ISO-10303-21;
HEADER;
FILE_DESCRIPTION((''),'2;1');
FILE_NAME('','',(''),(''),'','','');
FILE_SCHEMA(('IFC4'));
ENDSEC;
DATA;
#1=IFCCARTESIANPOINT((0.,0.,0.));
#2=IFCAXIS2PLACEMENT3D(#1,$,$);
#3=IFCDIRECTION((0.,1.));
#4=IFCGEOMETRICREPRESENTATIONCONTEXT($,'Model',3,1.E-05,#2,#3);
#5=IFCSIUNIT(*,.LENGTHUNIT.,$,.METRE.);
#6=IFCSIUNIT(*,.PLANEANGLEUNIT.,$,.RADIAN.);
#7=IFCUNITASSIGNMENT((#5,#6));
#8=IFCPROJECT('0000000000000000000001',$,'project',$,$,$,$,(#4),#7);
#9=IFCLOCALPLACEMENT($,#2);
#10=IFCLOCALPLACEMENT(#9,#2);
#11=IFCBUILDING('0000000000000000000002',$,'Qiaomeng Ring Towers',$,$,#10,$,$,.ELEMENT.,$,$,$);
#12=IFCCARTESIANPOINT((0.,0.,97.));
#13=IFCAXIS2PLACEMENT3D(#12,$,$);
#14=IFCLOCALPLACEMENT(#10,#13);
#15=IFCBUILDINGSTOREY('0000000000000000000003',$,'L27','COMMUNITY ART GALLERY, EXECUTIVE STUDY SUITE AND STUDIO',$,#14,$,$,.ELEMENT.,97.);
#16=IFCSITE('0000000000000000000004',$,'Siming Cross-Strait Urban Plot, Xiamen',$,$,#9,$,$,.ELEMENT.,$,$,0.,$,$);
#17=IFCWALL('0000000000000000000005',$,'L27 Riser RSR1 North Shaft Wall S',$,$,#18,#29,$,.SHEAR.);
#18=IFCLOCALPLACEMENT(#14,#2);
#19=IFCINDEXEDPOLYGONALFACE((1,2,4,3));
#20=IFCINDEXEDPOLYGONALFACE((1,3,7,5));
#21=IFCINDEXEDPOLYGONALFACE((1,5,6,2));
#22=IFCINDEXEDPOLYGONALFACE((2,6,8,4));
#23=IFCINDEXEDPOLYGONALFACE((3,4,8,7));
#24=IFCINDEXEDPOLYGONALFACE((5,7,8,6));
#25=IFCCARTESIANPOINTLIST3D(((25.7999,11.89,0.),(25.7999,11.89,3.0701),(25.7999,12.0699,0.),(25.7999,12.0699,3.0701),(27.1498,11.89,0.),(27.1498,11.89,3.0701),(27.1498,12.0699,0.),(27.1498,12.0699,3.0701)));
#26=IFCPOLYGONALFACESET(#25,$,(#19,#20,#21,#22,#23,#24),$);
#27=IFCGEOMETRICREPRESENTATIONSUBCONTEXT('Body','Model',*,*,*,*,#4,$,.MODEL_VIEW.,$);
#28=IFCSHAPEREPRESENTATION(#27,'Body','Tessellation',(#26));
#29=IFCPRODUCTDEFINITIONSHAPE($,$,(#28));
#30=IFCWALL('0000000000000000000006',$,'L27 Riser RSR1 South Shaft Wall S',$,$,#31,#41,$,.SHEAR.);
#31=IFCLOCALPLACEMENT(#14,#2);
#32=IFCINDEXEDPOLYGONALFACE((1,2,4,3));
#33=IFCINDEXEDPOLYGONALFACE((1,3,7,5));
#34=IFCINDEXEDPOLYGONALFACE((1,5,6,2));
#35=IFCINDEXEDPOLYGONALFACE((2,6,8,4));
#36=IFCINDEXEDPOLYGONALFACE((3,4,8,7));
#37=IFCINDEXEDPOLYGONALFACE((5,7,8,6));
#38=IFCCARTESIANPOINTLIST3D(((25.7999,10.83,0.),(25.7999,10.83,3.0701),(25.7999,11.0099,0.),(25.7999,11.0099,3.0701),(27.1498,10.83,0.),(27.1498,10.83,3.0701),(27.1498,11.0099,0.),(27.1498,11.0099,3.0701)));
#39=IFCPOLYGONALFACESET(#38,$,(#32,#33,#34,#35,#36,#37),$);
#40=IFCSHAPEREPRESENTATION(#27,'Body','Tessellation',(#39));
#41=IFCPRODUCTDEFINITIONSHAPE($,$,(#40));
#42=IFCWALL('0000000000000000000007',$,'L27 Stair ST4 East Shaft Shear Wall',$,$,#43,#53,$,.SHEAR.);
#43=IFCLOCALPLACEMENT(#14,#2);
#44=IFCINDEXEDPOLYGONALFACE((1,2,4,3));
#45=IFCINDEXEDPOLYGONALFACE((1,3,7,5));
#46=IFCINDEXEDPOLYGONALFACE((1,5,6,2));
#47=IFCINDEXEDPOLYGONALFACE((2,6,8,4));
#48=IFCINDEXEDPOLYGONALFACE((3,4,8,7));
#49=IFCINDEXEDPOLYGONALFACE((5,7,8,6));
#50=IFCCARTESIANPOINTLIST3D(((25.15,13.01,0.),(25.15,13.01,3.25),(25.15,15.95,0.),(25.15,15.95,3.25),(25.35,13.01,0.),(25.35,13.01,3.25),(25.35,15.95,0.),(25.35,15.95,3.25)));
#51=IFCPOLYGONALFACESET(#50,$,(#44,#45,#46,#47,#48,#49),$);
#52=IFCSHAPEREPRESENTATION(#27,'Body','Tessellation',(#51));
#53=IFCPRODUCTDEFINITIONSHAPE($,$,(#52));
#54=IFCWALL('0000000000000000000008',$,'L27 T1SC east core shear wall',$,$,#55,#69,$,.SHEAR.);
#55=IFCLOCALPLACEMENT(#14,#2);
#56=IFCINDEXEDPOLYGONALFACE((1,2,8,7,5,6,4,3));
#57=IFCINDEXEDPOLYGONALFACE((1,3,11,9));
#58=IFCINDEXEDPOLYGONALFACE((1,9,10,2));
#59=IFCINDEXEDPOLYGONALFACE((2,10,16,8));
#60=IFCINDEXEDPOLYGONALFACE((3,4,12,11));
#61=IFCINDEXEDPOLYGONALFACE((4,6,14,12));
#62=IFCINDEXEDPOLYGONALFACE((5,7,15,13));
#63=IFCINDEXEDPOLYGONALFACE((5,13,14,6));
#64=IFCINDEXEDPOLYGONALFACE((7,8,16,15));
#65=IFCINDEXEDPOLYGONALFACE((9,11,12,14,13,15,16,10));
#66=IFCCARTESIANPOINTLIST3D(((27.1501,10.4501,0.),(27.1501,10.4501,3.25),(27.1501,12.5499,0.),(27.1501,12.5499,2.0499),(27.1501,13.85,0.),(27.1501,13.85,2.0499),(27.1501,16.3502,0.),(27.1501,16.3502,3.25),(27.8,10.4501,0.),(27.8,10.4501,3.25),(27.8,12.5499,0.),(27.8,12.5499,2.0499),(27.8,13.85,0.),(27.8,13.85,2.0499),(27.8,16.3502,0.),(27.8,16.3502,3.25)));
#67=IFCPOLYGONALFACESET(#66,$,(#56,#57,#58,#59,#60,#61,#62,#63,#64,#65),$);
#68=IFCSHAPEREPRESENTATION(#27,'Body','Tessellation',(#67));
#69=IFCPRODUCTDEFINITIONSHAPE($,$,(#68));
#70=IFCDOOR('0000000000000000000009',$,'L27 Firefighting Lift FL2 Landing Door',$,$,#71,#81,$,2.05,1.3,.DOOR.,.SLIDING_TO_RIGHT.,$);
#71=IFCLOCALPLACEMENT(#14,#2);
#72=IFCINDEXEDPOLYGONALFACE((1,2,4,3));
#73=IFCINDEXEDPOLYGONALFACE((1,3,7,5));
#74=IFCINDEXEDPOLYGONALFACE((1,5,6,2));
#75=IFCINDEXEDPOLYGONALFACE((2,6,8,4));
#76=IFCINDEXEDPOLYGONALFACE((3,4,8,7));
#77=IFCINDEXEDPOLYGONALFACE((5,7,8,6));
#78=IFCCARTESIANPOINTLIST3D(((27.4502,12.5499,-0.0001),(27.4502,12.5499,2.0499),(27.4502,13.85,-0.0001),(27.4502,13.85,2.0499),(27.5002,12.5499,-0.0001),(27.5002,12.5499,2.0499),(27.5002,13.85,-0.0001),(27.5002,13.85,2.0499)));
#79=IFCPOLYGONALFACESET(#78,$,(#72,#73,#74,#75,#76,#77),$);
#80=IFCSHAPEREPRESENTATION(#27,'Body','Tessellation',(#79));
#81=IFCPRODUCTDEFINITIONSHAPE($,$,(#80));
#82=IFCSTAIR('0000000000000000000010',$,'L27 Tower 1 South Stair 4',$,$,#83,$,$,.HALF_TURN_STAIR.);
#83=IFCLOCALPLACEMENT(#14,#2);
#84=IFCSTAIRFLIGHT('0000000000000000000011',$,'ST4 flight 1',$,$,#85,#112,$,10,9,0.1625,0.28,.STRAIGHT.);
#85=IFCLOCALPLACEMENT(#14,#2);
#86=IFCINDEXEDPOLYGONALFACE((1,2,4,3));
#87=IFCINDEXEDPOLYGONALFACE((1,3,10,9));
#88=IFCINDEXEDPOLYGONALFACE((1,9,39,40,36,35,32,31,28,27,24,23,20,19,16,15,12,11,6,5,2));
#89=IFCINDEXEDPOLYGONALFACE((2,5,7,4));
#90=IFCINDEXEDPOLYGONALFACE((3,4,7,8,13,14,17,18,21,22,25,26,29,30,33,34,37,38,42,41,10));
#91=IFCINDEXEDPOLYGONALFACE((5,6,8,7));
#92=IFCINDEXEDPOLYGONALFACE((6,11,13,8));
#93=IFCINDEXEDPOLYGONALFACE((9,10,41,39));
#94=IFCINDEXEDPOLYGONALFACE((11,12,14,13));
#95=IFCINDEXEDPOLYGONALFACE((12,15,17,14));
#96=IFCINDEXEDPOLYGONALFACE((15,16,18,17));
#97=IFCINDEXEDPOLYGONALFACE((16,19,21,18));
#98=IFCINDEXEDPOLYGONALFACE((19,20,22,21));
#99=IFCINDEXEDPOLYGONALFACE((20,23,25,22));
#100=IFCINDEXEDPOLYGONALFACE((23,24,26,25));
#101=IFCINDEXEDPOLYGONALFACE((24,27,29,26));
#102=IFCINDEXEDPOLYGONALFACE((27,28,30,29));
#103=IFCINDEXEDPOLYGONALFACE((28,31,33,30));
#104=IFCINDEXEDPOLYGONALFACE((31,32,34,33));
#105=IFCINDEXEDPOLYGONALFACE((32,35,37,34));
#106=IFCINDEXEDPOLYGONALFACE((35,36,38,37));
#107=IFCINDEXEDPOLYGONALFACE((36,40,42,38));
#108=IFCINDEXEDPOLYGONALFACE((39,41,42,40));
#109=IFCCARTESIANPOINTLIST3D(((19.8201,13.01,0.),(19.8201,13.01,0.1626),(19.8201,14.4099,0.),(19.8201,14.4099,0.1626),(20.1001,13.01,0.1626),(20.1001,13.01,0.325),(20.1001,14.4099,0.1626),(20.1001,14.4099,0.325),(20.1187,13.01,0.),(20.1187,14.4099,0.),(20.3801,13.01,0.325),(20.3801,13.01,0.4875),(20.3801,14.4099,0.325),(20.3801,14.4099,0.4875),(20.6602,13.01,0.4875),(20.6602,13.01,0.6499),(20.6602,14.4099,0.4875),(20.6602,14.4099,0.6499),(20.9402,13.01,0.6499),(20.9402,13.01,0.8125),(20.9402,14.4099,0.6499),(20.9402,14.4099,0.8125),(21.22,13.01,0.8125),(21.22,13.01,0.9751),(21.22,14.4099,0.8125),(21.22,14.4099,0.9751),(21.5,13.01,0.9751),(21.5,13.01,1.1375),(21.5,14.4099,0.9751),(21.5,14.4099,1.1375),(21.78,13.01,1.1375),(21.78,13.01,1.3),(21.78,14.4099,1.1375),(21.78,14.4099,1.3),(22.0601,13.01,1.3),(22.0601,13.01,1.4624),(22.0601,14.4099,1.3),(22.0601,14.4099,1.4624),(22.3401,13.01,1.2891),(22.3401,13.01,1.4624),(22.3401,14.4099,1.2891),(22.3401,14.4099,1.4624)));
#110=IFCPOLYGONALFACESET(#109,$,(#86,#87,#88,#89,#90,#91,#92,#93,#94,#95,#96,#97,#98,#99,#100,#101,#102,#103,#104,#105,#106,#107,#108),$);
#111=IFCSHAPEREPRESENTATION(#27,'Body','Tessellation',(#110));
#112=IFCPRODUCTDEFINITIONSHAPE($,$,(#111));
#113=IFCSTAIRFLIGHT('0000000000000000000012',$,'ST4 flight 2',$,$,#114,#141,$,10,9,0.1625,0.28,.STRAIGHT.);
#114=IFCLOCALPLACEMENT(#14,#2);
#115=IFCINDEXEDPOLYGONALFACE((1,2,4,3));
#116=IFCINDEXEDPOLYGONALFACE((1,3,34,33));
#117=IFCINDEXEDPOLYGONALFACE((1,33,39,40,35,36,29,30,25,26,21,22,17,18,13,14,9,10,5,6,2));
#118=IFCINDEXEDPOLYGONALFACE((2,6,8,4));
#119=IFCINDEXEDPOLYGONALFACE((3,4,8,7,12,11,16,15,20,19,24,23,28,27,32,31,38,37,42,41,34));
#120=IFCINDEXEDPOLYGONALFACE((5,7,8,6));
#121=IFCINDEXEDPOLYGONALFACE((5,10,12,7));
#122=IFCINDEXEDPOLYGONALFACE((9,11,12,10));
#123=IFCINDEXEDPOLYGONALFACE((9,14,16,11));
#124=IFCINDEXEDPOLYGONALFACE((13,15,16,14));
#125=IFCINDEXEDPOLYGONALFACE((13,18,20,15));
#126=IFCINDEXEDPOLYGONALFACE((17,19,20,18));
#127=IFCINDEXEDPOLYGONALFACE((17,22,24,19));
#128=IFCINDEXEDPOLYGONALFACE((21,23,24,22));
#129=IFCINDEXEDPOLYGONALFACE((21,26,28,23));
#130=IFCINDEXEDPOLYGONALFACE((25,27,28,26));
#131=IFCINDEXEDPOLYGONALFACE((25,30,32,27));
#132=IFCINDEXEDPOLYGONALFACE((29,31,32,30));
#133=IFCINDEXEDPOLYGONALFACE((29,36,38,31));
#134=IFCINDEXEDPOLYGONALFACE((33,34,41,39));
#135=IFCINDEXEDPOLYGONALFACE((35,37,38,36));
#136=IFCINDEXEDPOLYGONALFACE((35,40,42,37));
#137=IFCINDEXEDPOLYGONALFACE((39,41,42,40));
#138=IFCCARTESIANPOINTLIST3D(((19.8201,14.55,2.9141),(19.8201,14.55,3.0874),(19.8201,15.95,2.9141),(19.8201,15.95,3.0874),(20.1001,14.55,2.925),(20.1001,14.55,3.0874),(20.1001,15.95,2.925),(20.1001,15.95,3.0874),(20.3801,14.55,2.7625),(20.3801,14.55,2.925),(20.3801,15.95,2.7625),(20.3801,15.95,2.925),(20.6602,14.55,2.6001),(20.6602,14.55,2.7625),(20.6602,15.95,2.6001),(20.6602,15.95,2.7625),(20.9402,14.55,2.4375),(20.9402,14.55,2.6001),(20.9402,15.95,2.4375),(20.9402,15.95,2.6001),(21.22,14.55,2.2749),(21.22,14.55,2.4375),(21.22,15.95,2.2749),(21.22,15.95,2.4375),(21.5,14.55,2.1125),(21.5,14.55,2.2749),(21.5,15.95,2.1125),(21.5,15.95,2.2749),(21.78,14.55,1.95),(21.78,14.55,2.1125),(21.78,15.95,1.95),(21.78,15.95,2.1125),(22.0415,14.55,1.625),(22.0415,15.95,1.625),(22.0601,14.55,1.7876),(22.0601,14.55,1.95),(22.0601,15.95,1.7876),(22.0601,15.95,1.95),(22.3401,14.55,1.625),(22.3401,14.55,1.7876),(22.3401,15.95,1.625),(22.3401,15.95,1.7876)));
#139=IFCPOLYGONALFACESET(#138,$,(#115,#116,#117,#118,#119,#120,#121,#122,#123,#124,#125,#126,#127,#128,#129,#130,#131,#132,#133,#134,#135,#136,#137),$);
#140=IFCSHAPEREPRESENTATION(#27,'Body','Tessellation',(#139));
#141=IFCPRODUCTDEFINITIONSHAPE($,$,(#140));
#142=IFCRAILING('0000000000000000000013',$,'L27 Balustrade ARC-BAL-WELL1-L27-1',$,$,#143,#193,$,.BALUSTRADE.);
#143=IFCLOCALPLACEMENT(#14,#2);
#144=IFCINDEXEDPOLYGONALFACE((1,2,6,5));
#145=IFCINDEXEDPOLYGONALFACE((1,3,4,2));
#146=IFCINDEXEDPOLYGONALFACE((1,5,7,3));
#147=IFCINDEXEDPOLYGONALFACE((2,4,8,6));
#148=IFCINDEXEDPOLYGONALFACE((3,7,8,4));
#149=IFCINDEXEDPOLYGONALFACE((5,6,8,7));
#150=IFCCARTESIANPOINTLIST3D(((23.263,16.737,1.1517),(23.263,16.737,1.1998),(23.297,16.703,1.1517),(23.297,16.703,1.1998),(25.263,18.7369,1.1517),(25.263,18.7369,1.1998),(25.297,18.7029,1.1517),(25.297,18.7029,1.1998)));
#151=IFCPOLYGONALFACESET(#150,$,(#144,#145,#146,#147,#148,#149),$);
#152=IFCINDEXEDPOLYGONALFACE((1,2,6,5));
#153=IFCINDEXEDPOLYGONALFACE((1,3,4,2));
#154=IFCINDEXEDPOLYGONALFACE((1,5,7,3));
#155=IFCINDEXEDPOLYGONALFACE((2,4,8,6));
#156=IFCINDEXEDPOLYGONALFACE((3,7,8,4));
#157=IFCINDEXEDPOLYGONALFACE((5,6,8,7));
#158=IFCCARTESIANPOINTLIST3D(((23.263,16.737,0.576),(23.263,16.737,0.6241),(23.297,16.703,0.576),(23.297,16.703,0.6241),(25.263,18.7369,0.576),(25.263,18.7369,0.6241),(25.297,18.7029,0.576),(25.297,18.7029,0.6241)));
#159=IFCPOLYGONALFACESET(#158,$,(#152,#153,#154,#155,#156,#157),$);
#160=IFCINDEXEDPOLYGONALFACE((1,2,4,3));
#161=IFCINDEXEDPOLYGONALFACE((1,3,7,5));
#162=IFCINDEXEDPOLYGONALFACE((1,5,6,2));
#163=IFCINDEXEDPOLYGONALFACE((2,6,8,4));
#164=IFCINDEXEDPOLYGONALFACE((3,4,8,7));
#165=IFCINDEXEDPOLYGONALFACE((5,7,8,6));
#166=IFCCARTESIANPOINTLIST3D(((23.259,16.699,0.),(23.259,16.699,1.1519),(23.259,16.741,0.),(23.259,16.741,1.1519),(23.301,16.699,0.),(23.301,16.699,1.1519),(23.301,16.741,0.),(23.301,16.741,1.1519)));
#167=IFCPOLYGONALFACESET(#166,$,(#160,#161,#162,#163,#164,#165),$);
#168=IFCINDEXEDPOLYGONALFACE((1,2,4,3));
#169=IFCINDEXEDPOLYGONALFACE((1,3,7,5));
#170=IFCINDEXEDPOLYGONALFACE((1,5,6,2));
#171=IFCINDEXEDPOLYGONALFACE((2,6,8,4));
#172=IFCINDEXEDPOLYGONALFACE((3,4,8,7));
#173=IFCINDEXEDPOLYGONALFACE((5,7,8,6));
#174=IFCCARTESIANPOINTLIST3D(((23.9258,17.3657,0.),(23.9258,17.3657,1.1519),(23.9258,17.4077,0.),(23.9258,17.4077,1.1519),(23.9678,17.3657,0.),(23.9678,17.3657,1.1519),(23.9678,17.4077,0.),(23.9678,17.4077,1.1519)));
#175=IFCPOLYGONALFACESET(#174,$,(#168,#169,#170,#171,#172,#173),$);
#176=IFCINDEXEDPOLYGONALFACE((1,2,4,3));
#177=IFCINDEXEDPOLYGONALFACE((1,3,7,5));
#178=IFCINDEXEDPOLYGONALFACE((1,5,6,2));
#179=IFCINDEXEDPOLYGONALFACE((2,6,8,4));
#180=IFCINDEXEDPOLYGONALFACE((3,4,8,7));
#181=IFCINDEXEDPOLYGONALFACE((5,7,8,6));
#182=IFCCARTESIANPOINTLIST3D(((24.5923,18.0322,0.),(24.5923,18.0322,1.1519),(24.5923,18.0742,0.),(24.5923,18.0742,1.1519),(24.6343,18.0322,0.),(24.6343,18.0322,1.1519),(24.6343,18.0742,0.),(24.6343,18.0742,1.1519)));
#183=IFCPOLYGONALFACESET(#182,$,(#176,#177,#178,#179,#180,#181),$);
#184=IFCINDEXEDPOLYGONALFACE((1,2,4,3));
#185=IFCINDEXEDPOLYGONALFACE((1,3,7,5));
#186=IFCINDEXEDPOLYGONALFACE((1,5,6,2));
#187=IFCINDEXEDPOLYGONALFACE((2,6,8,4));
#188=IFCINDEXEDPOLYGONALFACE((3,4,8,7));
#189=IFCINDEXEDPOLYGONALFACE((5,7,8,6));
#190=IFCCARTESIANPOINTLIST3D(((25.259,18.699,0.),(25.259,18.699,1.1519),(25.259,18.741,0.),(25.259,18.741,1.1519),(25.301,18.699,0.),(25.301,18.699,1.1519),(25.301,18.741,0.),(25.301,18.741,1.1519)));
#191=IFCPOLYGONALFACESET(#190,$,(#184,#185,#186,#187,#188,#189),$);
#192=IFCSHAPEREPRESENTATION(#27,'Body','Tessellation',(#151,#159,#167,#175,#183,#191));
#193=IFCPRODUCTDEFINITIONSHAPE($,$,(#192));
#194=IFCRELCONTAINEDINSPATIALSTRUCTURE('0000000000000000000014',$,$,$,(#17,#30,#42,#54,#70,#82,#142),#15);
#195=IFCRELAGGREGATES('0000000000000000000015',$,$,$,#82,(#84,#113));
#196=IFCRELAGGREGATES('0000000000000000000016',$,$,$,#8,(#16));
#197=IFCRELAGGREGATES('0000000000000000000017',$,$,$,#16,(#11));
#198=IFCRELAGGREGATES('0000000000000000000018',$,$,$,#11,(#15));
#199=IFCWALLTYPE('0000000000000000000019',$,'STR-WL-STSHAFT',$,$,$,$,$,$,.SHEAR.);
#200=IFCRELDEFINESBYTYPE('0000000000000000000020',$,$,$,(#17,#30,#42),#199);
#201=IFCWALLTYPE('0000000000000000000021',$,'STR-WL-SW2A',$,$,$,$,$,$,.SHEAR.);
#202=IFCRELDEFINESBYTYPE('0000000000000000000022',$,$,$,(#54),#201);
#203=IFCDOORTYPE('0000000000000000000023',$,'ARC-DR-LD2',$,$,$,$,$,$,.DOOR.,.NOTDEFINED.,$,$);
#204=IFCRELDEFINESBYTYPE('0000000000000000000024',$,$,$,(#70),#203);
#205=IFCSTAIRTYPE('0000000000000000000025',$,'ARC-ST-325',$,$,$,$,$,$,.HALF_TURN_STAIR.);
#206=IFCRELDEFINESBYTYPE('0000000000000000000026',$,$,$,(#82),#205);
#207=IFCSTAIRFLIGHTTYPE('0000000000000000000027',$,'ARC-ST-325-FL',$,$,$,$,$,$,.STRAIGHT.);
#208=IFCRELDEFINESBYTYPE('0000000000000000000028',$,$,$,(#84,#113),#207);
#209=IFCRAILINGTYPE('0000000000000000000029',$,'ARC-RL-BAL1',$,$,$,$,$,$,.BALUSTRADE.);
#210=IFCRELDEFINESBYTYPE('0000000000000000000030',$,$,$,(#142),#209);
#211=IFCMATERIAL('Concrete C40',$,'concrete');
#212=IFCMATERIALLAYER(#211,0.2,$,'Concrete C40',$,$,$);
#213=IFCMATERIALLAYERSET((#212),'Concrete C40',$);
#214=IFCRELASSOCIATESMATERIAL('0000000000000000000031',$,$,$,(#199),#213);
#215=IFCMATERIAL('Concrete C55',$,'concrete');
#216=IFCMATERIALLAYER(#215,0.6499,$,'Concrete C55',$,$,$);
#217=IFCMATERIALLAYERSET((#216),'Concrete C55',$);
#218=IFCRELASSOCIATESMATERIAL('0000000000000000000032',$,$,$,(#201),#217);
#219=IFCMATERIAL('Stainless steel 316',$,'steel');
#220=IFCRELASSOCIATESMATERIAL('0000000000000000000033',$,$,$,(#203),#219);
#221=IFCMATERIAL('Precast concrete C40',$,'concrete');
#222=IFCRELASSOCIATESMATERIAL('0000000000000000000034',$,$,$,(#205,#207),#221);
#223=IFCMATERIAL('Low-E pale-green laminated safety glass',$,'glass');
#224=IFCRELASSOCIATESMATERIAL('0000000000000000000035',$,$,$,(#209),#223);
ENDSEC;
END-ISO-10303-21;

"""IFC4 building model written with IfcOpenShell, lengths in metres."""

from ifc_helpers import new_model, si_unit, direction, frame, frame_2d, origin, origin_2d, place, context, subcontext, project, spatial, polyline, rectangle, outline, extrude, source, transform, mapped, material, layer, layer_set, type_object, element, fill, aggregate, save


model = new_model("IFC4")

# Units and contexts
model_context = context("Model", 3, precision=1e-05, world=origin(), true_north=direction((0.0, 1.0)))
body_context = subcontext(model_context, "Body", "Model", "MODEL_VIEW")
ifc_project = project(units=[si_unit("LENGTHUNIT", "METRE"), si_unit("PLANEANGLEUNIT", "RADIAN")], contexts=[model_context])

# Site, building, storey
site_placement = place(None, origin())
site = spatial("IfcSite", under=ifc_project, at=site_placement, Name="Siming Cross-Strait Urban Plot, Xiamen", CompositionType="ELEMENT", RefElevation=0.0)
building_placement = place(site_placement, origin())
building = spatial("IfcBuilding", under=site, at=building_placement, Name="Qiaomeng Ring Towers", CompositionType="ELEMENT")
storey_placement = place(building_placement, frame((0.0, 0.0, 97.0)))
storey = spatial("IfcBuildingStorey", under=building, at=storey_placement, Name="L27", Description="COMMUNITY ART GALLERY, EXECUTIVE STUDY SUITE AND STUDIO", CompositionType="ELEMENT", Elevation=97.0)

# Walls
ifc_material_1 = material(Name="Concrete C40", Category="concrete")
ifc_layer_1 = layer(ifc_material_1, 0.2, Name="Concrete C40")
ifc_layer_set_1 = layer_set([ifc_layer_1], Name="Concrete C40")
wall_type_1 = type_object("IfcWallType", Name="STR-WL-STSHAFT", PredefinedType="SHEAR", material=ifc_layer_set_1)
for number, where, z_axis, x_axis, name in (
    (1, (25.8, 11.98, 0.0), (0.0, 0.0, 1.0), (1.0, 0.0, 0.0), "L27 Riser RSR1 North Shaft Wall S"),
    (2, (25.8, 10.9199, 0.0), (0.0, 0.0, 1.0), (1.0, 0.0, 0.0), "L27 Riser RSR1 South Shaft Wall S"),
):
    element("IfcWall", number, at=place(storey_placement, frame(where, z_axis=z_axis, x_axis=x_axis)), inside=storey, type_object=wall_type_1, Name=name, PredefinedType="SHEAR", context=body_context, shape_type="SweptSolid", body=[
        extrude(rectangle(XDim=1.3499, YDim=0.1799, at=frame_2d((0.6748, 0.0))), origin(), (0.0, 0.0, 1.0), 3.0701),
    ])
wall_1_placement = place(storey_placement, frame((25.25, 13.01, 0.0), z_axis=(0.0, 0.0, 1.0), x_axis=(0.0, 1.0, 0.0)))
element("IfcWall", 3, at=wall_1_placement, inside=storey, type_object=wall_type_1, Name="L27 Stair ST4 East Shaft Shear Wall", PredefinedType="SHEAR", context=body_context, shape_type="SweptSolid", body=[
    extrude(rectangle(XDim=2.9399, YDim=0.2, at=frame_2d((1.47, 0.0))), origin(), (0.0, 0.0, 1.0), 3.25),
])

# Wall, opening, door
ifc_material_2 = material(Name="Concrete C55", Category="concrete")
ifc_layer_2 = layer(ifc_material_2, 0.6499, Name="Concrete C55")
ifc_layer_set_2 = layer_set([ifc_layer_2], Name="Concrete C55")
wall_type_2 = type_object("IfcWallType", Name="STR-WL-SW2A", PredefinedType="SHEAR", material=ifc_layer_set_2)
wall_2_placement = place(storey_placement, frame((27.4751, 10.45, 0.0), z_axis=(0.0, 0.0, 1.0), x_axis=(0.0, 1.0, 0.0)))
wall_2 = element("IfcWall", 4, at=wall_2_placement, inside=storey, type_object=wall_type_2, Name="L27 T1SC east core shear wall", PredefinedType="SHEAR", context=body_context, shape_type="SweptSolid", body=[
    extrude(rectangle(XDim=5.9001, YDim=0.6499, at=frame_2d((2.9502, 0.0))), origin(), (0.0, 0.0, 1.0), 3.25),
])
opening_placement = place(wall_2_placement, frame((2.1001, 0.0, 0.0)))
opening = element("IfcOpeningElement", 5, at=opening_placement, cuts=wall_2, PredefinedType="OPENING", context=body_context, shape_type="SweptSolid", body=[
    extrude(rectangle(XDim=1.3, YDim=2.05, at=frame_2d((0.6499, 1.0249))), frame((0.0, 0.335, 0.0), z_axis=(0.0, -1.0, 0.0), x_axis=(1.0, 0.0, 0.0)), (0.0, 0.0, 1.0), 0.6699),
])
ifc_material_3 = material(Name="Stainless steel 316", Category="steel")
door_type = type_object("IfcDoorType", Name="ARC-DR-LD2", OperationType="NOTDEFINED", PredefinedType="DOOR", material=ifc_material_3)
shared_shape_1 = source(origin(), body_context, "Body", "SweptSolid", [
    extrude(rectangle(XDim=1.3, YDim=2.05, at=frame_2d((0.6499, 1.0249))), frame((0.0, 0.0249, 0.0), z_axis=(0.0, -1.0, 0.0), x_axis=(1.0, 0.0, 0.0)), (0.0, 0.0, 1.0), 0.05),
])
door_placement = place(opening_placement, origin())
door = element("IfcDoor", 6, at=door_placement, inside=storey, type_object=door_type, Name="L27 Firefighting Lift FL2 Landing Door", OperationType="SLIDING_TO_RIGHT", OverallHeight=2.05, OverallWidth=1.3, PredefinedType="DOOR", context=body_context, shape_type="MappedRepresentation", body=[
    mapped(shared_shape_1, transform((0.0, 0.0, 0.0), x_axis=(1.0, 0.0, 0.0), y_axis=(0.0, 1.0, 0.0), z_axis=(0.0, 0.0, 1.0), scale=1.0)),
])
fill(opening, door)

# Stair, stair flights
ifc_material_4 = material(Name="Precast concrete C40", Category="concrete")
stair_type = type_object("IfcStairType", Name="ARC-ST-325", PredefinedType="HALF_TURN_STAIR", material=ifc_material_4)
stair_placement = place(storey_placement, origin())
stair = element("IfcStair", 7, at=stair_placement, inside=storey, type_object=stair_type, Name="L27 Tower 1 South Stair 4", PredefinedType="HALF_TURN_STAIR")
stair_flight_type = type_object("IfcStairFlightType", Name="ARC-ST-325-FL", PredefinedType="STRAIGHT", material=ifc_material_4)
shared_shape_2 = source(origin(), body_context, "Body", "SweptSolid", [
    extrude(outline(polyline([(0.0, 0.0), (0.0, 0.1626), (0.28, 0.1626), (0.28, 0.325), (0.5601, 0.325), (0.5601, 0.4875), (0.8401, 0.4875), (0.8401, 0.6499), (1.1201, 0.6499), (1.1201, 0.8125), (1.3999, 0.8125), (1.3999, 0.9751), (1.6799, 0.9751), (1.6799, 1.1375), (1.96, 1.1375), (1.96, 1.3), (2.24, 1.3), (2.24, 1.4624), (2.52, 1.4624), (2.52, 1.625), (2.52, 1.2891), (0.2986, 0.0), (0.0, 0.0)])), frame((0.0, 0.7, 0.0), z_axis=(0.0, -1.0, 0.0), x_axis=(1.0, 0.0, 0.0)), (0.0, 0.0, 1.0), 1.3999),
])
stair_flight_1_placement = place(storey_placement, frame((19.8201, 13.71, 0.0), z_axis=(0.0, 0.0, 1.0), x_axis=(1.0, 0.0, 0.0)))
stair_flight_1 = element("IfcStairFlight", 8, at=stair_flight_1_placement, type_object=stair_flight_type, Name="ST4 flight 1", NumberOfRisers=10, NumberOfTreads=9, PredefinedType="STRAIGHT", RiserHeight=0.1625, TreadLength=0.28, context=body_context, shape_type="MappedRepresentation", body=[
    mapped(shared_shape_2, transform((0.0, 0.0, 0.0), x_axis=(1.0, 0.0, 0.0), y_axis=(0.0, 1.0, 0.0), z_axis=(0.0, 0.0, 1.0), scale=1.0)),
])
stair_flight_2_placement = place(storey_placement, frame((22.3401, 15.25, 1.625), z_axis=(0.0, 0.0, 1.0), x_axis=(-1.0, 0.0, 0.0)))
stair_flight_2 = element("IfcStairFlight", 9, at=stair_flight_2_placement, type_object=stair_flight_type, Name="ST4 flight 2", NumberOfRisers=10, NumberOfTreads=9, PredefinedType="STRAIGHT", RiserHeight=0.1625, TreadLength=0.28, context=body_context, shape_type="MappedRepresentation", body=[
    mapped(shared_shape_2, transform((0.0, 0.0, 0.0), x_axis=(1.0, 0.0, 0.0), y_axis=(0.0, 1.0, 0.0), z_axis=(0.0, 0.0, 1.0), scale=1.0)),
])
aggregate(stair, [stair_flight_1, stair_flight_2])

# Railing
ifc_material_5 = material(Name="Low-E pale-green laminated safety glass", Category="glass")
railing_type_1 = type_object("IfcRailingType", Name="ARC-RL-BAL1", PredefinedType="BALUSTRADE", material=ifc_material_5)
railing_1_placement = place(storey_placement, frame((23.28, 16.72, 0.0)))
element("IfcRailing", 10, at=railing_1_placement, inside=storey, type_object=railing_type_1, Name="L27 Balustrade ARC-BAL-WELL1-L27-1", PredefinedType="BALUSTRADE", context=body_context, shape_type="SweptSolid", body=[
    extrude(rectangle(XDim=0.0481, YDim=0.0481, at=origin_2d()), frame((0.0, 0.0, 1.1758), z_axis=(0.707107, 0.707107, 0.0), x_axis=(-0.707107, 0.707107, 0.0)), (0.0, 0.0, 1.0), 2.8284),
    extrude(rectangle(XDim=0.0481, YDim=0.0481, at=origin_2d()), frame((0.0, 0.0, 0.6001), z_axis=(0.707107, 0.707107, 0.0), x_axis=(-0.707107, 0.707107, 0.0)), (0.0, 0.0, 1.0), 2.8284),
    extrude(rectangle(XDim=0.042, YDim=0.042, at=origin_2d()), origin(), (0.0, 0.0, 1.0), 1.1519),
    extrude(rectangle(XDim=0.042, YDim=0.042, at=origin_2d()), frame((0.6667, 0.6667, 0.0)), (0.0, 0.0, 1.0), 1.1519),
    extrude(rectangle(XDim=0.042, YDim=0.042, at=origin_2d()), frame((1.3333, 1.3333, 0.0)), (0.0, 0.0, 1.0), 1.1519),
    extrude(rectangle(XDim=0.042, YDim=0.042, at=origin_2d()), frame((2.0, 2.0, 0.0)), (0.0, 0.0, 1.0), 1.1519),
])

save(model, "model.ifc")
